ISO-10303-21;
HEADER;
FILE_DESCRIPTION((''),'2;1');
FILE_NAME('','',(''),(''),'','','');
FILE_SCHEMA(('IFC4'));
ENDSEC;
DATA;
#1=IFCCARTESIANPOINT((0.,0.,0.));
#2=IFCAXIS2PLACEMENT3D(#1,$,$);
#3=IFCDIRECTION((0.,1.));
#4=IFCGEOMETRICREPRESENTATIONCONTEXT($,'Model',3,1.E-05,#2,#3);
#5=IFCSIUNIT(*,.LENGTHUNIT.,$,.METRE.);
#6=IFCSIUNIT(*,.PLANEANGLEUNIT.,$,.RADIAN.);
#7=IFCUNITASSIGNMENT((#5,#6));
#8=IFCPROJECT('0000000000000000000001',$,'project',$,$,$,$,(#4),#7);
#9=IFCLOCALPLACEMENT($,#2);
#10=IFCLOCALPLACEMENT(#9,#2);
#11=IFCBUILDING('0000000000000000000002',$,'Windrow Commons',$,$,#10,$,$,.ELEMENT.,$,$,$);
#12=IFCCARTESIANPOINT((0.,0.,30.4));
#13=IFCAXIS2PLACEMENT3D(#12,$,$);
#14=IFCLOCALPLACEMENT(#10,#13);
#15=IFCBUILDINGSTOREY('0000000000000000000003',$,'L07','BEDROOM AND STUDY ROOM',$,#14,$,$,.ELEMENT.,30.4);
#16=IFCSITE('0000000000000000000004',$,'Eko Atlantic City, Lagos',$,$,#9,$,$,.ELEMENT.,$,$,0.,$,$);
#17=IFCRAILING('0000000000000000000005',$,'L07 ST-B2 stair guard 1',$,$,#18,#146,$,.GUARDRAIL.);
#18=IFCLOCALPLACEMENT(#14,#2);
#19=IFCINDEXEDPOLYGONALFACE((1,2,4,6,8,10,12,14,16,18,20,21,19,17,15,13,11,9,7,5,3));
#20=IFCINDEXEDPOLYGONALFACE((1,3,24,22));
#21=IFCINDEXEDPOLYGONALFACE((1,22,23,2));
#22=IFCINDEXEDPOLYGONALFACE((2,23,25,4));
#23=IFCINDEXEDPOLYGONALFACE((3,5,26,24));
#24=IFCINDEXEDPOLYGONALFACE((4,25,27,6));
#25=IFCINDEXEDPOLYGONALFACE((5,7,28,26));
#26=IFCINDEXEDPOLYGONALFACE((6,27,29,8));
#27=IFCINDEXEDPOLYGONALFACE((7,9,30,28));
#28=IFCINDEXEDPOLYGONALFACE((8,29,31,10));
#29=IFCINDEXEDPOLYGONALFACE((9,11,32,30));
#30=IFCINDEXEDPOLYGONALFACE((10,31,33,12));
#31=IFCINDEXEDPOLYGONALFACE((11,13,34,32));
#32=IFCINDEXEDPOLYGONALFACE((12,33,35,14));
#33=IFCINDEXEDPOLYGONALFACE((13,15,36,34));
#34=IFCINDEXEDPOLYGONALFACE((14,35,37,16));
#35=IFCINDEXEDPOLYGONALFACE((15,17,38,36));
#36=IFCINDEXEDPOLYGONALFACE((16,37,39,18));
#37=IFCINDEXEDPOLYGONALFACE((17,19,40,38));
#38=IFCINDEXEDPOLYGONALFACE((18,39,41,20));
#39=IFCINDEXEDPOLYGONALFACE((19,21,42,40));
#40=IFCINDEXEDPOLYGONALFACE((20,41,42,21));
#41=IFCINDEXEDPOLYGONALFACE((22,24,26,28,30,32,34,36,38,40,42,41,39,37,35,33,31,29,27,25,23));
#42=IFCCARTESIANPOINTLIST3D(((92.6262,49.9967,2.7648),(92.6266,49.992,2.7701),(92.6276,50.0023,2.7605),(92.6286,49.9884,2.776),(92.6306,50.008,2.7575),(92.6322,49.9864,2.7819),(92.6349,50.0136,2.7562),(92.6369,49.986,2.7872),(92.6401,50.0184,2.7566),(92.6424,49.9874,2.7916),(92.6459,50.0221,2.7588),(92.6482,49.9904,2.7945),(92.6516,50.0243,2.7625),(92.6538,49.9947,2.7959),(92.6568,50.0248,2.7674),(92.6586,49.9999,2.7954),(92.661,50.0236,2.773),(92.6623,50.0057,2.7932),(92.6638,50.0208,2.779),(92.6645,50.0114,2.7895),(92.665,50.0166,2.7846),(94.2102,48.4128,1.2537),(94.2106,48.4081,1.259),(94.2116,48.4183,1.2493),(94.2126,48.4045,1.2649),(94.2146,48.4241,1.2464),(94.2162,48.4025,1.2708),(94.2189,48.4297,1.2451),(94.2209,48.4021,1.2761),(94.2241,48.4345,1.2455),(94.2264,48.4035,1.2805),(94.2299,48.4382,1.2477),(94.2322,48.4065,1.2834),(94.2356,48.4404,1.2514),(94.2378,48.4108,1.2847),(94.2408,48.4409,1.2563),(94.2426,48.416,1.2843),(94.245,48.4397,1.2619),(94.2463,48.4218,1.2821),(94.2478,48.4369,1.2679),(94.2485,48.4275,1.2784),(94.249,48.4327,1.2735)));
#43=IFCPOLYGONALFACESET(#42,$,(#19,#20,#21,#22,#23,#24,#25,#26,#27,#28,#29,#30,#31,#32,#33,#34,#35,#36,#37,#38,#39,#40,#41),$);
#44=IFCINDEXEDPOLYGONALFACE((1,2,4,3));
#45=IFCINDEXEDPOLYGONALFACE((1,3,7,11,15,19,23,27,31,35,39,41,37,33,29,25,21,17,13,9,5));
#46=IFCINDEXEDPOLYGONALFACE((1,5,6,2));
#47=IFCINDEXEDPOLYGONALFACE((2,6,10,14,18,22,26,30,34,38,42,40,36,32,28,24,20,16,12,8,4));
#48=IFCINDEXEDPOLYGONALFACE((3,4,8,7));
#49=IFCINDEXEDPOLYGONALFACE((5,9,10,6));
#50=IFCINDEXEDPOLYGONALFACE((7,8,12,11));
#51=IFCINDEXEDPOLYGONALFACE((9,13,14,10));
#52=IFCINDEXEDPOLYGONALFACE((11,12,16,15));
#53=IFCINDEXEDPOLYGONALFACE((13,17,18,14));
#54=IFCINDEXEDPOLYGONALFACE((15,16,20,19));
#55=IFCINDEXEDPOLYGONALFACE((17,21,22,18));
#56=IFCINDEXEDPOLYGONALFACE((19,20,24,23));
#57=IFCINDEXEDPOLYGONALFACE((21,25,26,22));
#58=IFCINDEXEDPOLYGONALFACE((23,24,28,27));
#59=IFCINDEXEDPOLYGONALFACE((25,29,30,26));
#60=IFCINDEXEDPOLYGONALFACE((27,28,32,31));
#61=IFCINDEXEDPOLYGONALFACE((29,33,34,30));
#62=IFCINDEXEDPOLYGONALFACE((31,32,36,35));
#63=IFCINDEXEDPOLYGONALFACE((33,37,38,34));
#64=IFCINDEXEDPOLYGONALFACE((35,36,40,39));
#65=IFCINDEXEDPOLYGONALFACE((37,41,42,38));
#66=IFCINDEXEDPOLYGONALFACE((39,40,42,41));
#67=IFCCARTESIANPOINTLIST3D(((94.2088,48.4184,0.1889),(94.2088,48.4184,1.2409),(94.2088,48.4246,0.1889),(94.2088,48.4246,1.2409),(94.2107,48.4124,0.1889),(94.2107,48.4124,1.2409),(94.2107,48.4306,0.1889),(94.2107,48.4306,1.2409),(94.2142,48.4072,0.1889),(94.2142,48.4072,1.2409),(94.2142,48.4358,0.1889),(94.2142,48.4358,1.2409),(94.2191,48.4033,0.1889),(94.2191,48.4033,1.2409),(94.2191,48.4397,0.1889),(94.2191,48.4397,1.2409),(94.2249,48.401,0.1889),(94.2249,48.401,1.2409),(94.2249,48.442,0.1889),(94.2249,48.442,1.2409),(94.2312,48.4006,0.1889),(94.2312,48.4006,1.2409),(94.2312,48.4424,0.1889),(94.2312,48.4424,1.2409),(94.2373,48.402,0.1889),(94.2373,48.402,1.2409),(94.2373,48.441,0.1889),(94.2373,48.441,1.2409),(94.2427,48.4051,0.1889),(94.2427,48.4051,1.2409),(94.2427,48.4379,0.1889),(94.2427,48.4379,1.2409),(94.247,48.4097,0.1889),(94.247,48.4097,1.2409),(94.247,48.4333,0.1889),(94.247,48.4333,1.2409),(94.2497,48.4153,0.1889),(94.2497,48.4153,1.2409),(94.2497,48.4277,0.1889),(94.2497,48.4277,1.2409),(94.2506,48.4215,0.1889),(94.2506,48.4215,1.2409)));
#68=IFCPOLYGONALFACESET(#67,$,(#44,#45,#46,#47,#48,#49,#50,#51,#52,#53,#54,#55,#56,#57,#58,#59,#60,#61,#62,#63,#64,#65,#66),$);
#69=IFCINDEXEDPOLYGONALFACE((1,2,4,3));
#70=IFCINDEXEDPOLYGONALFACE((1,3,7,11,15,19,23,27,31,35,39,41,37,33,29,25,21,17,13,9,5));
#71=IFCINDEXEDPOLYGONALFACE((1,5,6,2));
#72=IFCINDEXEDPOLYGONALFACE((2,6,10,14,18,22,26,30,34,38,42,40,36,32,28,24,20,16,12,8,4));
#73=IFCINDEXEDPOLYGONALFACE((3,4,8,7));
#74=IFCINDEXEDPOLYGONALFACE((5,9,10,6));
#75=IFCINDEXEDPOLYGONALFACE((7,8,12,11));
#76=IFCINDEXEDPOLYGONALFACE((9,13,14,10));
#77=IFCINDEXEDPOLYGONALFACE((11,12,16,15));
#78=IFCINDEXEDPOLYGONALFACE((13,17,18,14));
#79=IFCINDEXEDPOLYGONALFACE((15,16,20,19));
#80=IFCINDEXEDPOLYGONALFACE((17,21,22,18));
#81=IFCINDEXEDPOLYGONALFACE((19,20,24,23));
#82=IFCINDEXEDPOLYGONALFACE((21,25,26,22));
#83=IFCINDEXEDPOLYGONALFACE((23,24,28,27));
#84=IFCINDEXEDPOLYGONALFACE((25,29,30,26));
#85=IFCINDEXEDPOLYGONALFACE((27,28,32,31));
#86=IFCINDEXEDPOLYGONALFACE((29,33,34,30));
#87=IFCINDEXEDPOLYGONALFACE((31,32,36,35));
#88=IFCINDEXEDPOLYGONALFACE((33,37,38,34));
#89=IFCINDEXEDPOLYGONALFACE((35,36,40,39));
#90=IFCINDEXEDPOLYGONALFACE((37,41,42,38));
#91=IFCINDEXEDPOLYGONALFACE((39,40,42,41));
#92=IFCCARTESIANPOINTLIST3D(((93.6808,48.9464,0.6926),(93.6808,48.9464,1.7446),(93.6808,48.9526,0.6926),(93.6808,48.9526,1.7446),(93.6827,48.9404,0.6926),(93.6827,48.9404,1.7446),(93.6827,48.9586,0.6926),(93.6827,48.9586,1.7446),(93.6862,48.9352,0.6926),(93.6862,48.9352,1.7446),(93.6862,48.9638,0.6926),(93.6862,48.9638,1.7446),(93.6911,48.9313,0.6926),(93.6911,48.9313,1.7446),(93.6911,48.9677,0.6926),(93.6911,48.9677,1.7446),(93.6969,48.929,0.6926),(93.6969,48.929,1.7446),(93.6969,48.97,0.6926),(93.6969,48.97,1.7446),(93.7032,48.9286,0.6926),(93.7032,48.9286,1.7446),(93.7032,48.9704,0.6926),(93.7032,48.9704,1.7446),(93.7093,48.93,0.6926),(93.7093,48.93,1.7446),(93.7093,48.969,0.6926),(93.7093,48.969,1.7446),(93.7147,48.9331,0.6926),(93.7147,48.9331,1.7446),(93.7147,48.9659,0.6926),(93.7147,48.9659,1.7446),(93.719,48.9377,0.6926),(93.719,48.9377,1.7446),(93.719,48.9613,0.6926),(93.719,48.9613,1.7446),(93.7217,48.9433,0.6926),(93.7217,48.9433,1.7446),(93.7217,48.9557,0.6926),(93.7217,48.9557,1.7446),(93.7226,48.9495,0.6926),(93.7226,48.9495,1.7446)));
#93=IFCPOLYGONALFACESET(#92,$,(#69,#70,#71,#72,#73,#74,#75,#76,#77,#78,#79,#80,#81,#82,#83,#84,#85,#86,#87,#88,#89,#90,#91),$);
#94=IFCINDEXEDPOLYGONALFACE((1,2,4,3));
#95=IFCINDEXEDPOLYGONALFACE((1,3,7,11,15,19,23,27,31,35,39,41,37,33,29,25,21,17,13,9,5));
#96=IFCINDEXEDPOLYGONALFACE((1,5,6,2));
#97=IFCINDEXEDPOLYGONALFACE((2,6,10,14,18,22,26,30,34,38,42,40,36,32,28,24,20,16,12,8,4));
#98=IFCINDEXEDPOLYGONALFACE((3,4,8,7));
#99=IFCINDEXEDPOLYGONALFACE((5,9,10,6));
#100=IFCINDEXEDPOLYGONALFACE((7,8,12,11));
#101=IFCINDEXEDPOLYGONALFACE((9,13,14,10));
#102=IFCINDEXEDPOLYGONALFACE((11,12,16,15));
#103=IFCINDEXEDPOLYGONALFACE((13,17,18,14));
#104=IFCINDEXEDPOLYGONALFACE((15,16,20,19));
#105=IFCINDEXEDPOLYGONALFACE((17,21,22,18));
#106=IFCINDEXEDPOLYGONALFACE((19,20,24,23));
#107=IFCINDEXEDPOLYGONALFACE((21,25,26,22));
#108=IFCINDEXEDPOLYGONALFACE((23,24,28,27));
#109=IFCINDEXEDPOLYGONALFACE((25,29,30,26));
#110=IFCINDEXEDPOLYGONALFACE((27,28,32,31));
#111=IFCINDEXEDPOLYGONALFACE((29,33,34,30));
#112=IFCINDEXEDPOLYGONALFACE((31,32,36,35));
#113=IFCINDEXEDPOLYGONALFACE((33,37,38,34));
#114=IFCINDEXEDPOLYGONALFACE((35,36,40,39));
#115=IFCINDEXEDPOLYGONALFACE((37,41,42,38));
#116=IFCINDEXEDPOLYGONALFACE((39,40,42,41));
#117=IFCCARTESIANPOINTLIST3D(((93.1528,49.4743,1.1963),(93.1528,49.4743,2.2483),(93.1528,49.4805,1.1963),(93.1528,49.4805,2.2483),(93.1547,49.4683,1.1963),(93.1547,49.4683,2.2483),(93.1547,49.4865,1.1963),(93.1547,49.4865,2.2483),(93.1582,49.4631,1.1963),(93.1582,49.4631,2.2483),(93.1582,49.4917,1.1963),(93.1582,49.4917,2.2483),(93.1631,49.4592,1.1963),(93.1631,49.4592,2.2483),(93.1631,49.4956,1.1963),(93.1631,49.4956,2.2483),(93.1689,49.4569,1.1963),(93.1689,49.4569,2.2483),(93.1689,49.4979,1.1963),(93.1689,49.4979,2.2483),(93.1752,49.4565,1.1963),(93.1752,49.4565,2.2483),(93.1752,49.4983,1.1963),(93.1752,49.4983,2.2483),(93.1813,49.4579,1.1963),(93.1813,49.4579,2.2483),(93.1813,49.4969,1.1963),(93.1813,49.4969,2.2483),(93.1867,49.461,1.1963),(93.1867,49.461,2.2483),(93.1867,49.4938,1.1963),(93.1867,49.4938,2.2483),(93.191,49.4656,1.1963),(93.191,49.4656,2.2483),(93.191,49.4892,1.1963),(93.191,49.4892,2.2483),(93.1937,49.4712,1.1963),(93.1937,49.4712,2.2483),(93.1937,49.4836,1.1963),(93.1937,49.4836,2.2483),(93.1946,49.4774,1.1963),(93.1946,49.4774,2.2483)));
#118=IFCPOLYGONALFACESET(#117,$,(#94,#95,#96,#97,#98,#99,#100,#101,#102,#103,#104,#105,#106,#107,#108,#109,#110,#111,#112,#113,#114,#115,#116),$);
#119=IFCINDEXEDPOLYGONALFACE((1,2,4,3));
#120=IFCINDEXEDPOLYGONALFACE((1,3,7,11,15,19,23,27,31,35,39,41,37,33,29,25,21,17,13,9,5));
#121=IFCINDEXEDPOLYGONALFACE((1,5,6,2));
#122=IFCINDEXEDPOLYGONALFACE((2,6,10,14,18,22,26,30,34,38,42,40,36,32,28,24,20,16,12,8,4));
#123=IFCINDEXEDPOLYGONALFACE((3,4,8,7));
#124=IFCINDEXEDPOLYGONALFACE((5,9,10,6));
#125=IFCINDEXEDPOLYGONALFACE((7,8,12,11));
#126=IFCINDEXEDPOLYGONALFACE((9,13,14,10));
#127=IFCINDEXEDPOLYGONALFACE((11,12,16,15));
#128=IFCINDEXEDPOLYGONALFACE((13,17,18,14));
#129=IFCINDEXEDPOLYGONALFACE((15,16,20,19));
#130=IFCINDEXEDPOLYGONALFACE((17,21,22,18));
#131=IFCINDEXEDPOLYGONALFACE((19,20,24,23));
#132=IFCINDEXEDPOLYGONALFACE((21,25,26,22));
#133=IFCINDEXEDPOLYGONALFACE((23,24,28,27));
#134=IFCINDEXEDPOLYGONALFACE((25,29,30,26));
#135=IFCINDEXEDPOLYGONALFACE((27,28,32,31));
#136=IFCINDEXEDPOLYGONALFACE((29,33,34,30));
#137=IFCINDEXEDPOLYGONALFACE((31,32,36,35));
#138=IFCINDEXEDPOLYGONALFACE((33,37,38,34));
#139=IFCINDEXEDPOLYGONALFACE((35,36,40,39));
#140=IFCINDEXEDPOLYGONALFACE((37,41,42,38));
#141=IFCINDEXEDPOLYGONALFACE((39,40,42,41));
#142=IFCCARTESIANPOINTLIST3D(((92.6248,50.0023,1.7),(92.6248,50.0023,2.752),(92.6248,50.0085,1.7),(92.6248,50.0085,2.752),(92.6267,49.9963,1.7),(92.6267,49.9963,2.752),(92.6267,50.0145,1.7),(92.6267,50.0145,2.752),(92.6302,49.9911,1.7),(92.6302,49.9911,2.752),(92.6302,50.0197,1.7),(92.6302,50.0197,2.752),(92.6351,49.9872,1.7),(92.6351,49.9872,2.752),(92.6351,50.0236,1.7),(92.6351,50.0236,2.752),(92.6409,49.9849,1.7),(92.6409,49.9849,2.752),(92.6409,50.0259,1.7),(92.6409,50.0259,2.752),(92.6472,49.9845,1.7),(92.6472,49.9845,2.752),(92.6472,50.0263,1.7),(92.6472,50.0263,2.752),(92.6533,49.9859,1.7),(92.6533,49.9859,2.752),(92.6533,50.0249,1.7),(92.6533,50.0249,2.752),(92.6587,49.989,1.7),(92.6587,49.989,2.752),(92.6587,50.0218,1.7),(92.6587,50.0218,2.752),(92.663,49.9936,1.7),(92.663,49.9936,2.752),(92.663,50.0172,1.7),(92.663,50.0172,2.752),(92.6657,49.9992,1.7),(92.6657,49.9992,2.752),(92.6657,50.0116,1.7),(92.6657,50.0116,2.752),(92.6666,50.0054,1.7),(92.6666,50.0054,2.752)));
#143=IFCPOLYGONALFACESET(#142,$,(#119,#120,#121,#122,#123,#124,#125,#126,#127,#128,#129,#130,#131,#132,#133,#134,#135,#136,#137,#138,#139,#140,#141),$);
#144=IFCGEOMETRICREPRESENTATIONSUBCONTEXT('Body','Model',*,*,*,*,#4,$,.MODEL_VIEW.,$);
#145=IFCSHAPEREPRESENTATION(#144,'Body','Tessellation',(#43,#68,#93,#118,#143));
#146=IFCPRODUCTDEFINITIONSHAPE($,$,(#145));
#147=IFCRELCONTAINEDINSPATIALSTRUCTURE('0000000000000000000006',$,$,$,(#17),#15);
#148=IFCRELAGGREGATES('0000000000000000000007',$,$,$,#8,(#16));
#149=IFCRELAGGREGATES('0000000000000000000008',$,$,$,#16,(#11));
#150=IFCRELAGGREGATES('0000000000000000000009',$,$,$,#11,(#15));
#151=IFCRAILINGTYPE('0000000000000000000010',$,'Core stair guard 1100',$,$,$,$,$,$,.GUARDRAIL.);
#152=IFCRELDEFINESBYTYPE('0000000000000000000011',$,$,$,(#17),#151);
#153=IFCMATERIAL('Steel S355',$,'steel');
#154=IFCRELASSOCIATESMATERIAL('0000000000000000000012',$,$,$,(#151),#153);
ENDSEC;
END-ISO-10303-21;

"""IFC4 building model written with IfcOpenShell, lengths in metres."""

from ifc_helpers import new_model, si_unit, direction, frame, origin, origin_2d, place, context, subcontext, project, spatial, circle, extrude, material, type_object, element, save


model = new_model("IFC4")

# Units and contexts
model_context = context("Model", 3, precision=1e-05, world=origin(), true_north=direction((0.0, 1.0)))
body_context = subcontext(model_context, "Body", "Model", "MODEL_VIEW")
ifc_project = project(units=[si_unit("LENGTHUNIT", "METRE"), si_unit("PLANEANGLEUNIT", "RADIAN")], contexts=[model_context])

# Site, building, storey
site_placement = place(None, origin())
site = spatial("IfcSite", under=ifc_project, at=site_placement, Name="Eko Atlantic City, Lagos", CompositionType="ELEMENT", RefElevation=0.0)
building_placement = place(site_placement, origin())
building = spatial("IfcBuilding", under=site, at=building_placement, Name="Windrow Commons", CompositionType="ELEMENT")
storey_placement = place(building_placement, frame((0.0, 0.0, 30.4)))
storey = spatial("IfcBuildingStorey", under=building, at=storey_placement, Name="L07", Description="BEDROOM AND STUDY ROOM", CompositionType="ELEMENT", Elevation=30.4)

# Railing
ifc_material_1 = material(Name="Steel S355", Category="steel")
railing_type_1 = type_object("IfcRailingType", Name="Core stair guard 1100", PredefinedType="GUARDRAIL", material=ifc_material_1)
railing_1_placement = place(storey_placement, frame((94.2296, 48.4215, 0.1889)))
element("IfcRailing", 1, at=railing_1_placement, inside=storey, type_object=railing_type_1, Name="L07 ST-B2 stair guard 1", PredefinedType="GUARDRAIL", context=body_context, shape_type="SweptSolid", body=[
    extrude(circle(Radius=0.024, at=origin_2d()), frame((0.0, 0.0, 1.076), z_axis=(-0.586216, 0.586179, 0.559237), x_axis=(-0.707084, -0.707129, 0.0)), (0.0, 0.0, 1.0), 2.7021),
    extrude(circle(Radius=0.021, at=origin_2d()), origin(), (0.0, 0.0, 1.0), 1.052),
    extrude(circle(Radius=0.021, at=origin_2d()), frame((-0.528, 0.528, 0.5037)), (0.0, 0.0, 1.0), 1.052),
    extrude(circle(Radius=0.021, at=origin_2d()), frame((-1.056, 1.0559, 1.0074)), (0.0, 0.0, 1.0), 1.052),
    extrude(circle(Radius=0.021, at=origin_2d()), frame((-1.584, 1.5839, 1.5111)), (0.0, 0.0, 1.0), 1.052),
])

save(model, "model.ifc")
